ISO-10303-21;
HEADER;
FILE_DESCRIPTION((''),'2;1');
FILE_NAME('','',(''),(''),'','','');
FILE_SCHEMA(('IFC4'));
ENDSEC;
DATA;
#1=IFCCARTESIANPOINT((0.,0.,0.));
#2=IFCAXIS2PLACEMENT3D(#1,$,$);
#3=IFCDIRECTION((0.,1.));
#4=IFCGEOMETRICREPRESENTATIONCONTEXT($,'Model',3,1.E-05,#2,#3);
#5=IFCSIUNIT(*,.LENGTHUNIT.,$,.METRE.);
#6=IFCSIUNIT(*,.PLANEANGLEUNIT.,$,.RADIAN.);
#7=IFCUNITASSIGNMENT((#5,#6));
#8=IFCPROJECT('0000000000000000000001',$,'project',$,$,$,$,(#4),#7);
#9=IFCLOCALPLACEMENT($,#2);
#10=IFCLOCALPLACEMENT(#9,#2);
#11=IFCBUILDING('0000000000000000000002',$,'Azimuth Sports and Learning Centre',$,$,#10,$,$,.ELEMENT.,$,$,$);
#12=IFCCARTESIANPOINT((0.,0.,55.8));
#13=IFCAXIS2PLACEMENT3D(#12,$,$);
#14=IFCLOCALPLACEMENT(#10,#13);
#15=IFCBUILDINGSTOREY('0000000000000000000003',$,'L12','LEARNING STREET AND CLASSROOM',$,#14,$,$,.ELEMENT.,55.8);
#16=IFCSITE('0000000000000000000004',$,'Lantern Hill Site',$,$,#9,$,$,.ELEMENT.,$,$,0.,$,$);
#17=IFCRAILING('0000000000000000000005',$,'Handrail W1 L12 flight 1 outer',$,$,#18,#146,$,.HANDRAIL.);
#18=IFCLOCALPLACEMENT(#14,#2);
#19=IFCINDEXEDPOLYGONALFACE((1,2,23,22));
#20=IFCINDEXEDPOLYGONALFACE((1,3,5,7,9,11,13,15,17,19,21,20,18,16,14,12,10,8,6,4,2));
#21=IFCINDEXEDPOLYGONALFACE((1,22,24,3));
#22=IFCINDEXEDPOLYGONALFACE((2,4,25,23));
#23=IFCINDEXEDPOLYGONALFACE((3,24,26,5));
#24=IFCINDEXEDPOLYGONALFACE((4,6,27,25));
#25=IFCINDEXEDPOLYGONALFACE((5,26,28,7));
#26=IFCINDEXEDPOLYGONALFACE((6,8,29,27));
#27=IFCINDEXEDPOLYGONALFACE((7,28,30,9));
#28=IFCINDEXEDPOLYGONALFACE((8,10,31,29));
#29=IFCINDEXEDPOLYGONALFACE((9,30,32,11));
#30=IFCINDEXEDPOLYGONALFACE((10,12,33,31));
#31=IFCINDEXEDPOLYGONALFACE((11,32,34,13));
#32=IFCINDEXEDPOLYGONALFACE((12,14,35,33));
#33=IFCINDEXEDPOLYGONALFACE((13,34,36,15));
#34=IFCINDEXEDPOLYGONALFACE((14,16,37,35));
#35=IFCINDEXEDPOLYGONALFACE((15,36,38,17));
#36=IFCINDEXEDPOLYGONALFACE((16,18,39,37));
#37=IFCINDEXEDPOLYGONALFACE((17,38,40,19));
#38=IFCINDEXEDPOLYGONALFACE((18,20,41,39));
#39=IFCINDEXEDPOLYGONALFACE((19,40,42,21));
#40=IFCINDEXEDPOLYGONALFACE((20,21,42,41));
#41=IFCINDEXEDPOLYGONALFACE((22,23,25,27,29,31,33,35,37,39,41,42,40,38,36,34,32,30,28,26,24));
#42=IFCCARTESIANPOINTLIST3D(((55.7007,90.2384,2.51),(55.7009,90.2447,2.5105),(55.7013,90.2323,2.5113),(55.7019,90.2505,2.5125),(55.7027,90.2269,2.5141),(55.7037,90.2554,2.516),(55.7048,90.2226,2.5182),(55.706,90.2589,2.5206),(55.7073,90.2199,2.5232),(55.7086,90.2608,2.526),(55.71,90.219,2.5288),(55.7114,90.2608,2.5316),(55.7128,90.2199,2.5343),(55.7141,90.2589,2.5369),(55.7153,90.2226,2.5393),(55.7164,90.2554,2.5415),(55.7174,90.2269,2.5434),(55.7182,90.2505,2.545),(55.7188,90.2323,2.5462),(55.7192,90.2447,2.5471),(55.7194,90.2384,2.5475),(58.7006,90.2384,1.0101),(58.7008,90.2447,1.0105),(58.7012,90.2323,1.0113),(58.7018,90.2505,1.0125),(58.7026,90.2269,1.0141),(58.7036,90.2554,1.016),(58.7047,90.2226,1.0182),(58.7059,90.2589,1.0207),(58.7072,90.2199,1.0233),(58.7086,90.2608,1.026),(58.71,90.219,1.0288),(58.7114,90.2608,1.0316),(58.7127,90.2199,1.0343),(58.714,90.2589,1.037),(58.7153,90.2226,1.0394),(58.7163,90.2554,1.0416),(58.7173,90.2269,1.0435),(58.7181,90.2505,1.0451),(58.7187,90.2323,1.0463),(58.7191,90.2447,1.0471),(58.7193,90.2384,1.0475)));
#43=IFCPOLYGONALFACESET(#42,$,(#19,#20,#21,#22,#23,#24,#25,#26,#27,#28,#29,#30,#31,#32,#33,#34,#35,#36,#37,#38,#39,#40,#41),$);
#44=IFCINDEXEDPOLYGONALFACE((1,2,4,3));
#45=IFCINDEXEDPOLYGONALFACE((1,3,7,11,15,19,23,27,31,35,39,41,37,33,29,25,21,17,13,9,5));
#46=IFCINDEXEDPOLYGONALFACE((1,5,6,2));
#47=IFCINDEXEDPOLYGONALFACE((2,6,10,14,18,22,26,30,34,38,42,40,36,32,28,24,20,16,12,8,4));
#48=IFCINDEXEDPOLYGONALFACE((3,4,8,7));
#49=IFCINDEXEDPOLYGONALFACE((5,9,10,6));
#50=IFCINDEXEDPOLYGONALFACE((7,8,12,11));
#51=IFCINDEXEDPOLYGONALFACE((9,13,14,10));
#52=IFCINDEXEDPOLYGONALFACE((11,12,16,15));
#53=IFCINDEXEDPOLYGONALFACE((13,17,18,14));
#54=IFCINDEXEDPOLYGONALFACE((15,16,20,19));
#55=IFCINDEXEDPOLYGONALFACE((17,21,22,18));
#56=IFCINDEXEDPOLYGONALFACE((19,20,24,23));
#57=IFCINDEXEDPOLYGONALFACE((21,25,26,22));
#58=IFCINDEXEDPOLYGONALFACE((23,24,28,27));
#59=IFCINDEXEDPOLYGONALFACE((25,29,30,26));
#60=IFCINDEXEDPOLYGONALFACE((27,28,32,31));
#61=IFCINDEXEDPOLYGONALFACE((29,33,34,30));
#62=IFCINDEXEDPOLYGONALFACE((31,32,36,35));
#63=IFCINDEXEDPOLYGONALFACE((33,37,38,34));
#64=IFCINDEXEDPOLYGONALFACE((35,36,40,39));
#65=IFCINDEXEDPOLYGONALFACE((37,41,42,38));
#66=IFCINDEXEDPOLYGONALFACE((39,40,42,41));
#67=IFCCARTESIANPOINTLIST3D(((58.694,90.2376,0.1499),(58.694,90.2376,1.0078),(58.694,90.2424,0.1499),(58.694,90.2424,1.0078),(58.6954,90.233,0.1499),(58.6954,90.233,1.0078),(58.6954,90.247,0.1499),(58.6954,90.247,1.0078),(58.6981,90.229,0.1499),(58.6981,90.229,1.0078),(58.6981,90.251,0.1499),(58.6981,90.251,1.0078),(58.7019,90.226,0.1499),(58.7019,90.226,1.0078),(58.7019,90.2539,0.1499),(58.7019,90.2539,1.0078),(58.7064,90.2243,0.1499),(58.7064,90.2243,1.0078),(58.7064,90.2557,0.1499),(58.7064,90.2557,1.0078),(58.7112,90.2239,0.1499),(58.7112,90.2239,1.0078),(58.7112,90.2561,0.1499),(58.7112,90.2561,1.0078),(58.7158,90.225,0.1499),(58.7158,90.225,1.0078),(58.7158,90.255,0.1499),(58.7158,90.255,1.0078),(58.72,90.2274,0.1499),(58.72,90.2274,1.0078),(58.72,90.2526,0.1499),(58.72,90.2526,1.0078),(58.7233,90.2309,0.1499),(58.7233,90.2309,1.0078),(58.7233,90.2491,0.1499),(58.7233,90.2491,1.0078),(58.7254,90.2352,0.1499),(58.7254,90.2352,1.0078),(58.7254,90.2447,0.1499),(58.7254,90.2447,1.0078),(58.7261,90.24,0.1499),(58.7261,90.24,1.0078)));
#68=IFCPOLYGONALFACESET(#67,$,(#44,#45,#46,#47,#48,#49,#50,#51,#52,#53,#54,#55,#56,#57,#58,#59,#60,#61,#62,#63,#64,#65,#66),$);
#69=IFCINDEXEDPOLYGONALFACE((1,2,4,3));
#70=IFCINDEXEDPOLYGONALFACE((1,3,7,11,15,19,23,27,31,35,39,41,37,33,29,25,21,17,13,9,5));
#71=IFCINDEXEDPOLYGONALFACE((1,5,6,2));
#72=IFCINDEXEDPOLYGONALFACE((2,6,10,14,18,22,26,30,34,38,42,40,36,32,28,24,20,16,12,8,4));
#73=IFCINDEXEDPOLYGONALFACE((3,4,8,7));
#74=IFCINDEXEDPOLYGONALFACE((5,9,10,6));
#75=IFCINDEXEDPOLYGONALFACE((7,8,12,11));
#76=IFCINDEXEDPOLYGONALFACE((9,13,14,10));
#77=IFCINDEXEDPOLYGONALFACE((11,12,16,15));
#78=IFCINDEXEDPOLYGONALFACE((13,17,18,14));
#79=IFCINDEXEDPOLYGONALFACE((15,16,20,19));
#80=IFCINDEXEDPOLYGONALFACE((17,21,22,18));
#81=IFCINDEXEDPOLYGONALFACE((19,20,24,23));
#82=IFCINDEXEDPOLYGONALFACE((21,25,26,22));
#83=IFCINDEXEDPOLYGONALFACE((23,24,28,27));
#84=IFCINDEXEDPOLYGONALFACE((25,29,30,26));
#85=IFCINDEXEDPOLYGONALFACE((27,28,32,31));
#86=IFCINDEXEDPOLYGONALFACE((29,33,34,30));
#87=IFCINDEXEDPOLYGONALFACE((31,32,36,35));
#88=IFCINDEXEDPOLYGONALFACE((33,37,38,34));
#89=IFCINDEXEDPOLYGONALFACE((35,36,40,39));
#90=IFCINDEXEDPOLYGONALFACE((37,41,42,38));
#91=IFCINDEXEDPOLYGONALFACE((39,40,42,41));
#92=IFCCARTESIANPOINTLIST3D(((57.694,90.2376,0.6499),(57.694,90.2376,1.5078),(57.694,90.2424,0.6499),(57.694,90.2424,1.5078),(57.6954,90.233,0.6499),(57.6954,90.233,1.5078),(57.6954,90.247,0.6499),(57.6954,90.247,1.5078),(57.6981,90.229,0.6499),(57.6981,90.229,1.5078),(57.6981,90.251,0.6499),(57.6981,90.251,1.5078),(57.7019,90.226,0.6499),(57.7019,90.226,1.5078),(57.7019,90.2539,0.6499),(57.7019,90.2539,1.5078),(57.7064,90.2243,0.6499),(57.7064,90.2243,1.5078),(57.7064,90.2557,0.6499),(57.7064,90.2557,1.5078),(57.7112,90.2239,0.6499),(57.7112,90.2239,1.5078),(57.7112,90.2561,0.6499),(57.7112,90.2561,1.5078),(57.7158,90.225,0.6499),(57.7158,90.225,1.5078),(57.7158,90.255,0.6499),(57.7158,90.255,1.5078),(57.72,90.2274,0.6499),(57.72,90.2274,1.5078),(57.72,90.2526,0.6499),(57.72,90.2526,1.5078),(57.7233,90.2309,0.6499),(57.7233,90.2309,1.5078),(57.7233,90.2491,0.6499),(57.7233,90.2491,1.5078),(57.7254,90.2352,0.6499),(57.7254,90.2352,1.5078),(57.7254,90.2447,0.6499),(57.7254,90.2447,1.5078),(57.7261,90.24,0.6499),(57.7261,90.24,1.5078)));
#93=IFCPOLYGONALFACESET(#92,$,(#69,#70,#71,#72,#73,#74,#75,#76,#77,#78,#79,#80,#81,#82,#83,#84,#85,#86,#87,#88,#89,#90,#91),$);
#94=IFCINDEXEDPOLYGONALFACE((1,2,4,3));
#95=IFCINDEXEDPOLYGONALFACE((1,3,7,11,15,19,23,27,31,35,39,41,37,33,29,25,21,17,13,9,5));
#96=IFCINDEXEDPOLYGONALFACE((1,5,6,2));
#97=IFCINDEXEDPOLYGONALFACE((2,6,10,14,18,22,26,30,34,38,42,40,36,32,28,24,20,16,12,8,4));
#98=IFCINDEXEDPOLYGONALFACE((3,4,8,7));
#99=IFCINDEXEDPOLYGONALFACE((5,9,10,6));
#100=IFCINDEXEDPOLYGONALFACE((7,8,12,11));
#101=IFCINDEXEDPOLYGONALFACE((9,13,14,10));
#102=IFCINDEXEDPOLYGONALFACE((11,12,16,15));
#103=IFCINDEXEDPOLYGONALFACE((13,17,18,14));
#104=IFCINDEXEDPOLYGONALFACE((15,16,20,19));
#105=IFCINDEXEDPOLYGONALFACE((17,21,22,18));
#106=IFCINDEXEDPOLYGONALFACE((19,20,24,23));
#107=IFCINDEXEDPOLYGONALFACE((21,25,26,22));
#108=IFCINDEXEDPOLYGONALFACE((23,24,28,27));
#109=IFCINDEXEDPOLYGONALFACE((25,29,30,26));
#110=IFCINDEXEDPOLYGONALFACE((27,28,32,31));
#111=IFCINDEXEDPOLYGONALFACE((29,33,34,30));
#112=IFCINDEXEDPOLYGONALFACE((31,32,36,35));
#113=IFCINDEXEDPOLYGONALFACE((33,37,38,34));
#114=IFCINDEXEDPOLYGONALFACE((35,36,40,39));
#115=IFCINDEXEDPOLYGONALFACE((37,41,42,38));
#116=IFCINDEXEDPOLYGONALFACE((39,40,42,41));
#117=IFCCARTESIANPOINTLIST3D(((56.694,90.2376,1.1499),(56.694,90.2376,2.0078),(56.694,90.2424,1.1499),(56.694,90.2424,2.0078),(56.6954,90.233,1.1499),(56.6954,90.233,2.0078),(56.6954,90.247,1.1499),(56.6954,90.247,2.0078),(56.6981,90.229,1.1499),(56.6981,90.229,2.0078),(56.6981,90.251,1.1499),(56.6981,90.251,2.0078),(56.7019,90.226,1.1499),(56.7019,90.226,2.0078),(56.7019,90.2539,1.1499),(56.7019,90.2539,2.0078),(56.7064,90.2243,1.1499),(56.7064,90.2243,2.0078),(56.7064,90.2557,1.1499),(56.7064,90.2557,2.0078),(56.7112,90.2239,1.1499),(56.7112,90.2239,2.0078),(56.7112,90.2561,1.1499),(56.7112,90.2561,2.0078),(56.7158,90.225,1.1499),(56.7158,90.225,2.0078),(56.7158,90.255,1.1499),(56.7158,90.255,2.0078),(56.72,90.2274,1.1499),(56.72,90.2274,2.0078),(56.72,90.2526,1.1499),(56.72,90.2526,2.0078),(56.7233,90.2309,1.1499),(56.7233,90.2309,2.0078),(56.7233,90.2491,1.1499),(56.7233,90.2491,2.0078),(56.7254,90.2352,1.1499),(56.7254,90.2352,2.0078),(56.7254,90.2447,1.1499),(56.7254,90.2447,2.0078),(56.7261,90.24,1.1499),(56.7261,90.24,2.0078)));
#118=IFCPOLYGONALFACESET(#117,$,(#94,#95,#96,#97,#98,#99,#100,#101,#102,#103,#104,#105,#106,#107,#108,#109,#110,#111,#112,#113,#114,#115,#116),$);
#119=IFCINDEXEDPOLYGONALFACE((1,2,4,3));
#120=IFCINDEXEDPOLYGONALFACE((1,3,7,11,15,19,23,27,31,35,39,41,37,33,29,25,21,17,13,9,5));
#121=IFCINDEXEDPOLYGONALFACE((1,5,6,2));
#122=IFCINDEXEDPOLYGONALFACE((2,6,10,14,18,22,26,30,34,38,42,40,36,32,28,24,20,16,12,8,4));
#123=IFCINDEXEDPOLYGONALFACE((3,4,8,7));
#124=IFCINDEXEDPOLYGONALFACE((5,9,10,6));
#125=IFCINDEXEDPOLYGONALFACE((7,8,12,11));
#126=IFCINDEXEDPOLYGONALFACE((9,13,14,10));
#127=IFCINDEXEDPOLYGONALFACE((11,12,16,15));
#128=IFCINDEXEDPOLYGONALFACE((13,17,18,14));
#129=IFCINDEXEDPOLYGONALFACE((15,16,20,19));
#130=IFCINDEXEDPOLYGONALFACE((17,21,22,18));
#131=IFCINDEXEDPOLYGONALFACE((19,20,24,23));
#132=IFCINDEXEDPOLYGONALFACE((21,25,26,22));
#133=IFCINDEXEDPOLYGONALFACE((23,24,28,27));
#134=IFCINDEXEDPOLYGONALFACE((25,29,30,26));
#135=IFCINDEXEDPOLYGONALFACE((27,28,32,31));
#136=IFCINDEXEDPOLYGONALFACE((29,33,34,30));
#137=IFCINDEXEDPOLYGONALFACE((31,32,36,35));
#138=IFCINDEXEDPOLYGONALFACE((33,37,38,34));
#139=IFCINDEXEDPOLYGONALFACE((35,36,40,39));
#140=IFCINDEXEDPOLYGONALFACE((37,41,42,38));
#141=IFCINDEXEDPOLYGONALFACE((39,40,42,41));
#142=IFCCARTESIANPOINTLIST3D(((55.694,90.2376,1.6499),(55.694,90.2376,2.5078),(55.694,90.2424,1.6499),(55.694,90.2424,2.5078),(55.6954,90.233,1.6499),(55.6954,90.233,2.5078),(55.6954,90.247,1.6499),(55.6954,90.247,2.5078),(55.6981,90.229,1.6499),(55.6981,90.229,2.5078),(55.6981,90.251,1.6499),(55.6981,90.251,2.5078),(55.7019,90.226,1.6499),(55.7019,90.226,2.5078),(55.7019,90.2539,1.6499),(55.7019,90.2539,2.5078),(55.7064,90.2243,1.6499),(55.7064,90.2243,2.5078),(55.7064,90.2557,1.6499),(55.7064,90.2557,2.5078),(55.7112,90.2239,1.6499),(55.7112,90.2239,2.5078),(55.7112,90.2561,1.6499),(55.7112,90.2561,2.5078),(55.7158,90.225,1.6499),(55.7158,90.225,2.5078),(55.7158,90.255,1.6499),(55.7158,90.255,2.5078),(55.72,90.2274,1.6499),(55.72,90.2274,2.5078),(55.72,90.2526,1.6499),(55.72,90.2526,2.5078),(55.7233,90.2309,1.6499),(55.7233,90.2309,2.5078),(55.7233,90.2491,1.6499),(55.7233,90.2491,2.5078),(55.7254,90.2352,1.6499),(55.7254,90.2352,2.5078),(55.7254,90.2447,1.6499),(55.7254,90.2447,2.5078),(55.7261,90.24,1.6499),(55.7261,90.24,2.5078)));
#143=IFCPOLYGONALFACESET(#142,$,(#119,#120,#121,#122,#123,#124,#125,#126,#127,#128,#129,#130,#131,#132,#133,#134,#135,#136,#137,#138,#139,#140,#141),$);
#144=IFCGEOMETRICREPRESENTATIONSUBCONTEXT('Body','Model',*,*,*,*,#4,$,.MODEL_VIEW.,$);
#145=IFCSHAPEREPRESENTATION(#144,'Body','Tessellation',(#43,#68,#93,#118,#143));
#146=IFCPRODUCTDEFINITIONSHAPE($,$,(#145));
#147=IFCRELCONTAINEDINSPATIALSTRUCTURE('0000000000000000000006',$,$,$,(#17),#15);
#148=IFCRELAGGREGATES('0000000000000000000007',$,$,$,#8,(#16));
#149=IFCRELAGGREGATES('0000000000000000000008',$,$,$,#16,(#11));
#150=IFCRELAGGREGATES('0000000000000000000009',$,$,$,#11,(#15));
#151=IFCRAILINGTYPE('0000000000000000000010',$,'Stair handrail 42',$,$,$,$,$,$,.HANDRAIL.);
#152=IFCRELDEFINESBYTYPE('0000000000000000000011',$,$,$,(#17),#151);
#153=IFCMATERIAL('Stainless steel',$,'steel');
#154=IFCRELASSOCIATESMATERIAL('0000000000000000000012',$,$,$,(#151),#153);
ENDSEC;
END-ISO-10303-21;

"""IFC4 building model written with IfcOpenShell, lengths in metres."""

from ifc_helpers import new_model, si_unit, direction, frame, origin, origin_2d, place, context, subcontext, project, spatial, circle, extrude, material, type_object, element, save


model = new_model("IFC4")

# Units and contexts
model_context = context("Model", 3, precision=1e-05, world=origin(), true_north=direction((0.0, 1.0)))
body_context = subcontext(model_context, "Body", "Model", "MODEL_VIEW")
ifc_project = project(units=[si_unit("LENGTHUNIT", "METRE"), si_unit("PLANEANGLEUNIT", "RADIAN")], contexts=[model_context])

# Site, building, storey
site_placement = place(None, origin())
site = spatial("IfcSite", under=ifc_project, at=site_placement, Name="Lantern Hill Site", CompositionType="ELEMENT", RefElevation=0.0)
building_placement = place(site_placement, origin())
building = spatial("IfcBuilding", under=site, at=building_placement, Name="Azimuth Sports and Learning Centre", CompositionType="ELEMENT")
storey_placement = place(building_placement, frame((0.0, 0.0, 55.8)))
storey = spatial("IfcBuildingStorey", under=building, at=storey_placement, Name="L12", Description="LEARNING STREET AND CLASSROOM", CompositionType="ELEMENT", Elevation=55.8)

# Railing
ifc_material_1 = material(Name="Stainless steel", Category="steel")
railing_type_1 = type_object("IfcRailingType", Name="Stair handrail 42", PredefinedType="HANDRAIL", material=ifc_material_1)
for number, where, name in (
    (1, (58.71, 90.24, 0.1499), "Handrail W1 L12 flight 1 outer"),
):
    element("IfcRailing", number, at=place(storey_placement, frame(where)), inside=storey, type_object=railing_type_1, Name=name, PredefinedType="HANDRAIL", context=body_context, shape_type="SweptSolid", body=[
        extrude(circle(Radius=0.021, at=origin_2d()), frame((0.0, 0.0, 0.8789), z_axis=(-0.894427, 0.0, 0.447214), x_axis=(0.0, -1.0, 0.0)), (0.0, 0.0, 1.0), 3.354),
        extrude(circle(Radius=0.0161, at=origin_2d()), origin(), (0.0, 0.0, 1.0), 0.8579),
        extrude(circle(Radius=0.0161, at=origin_2d()), frame((-1.0, 0.0, 0.5)), (0.0, 0.0, 1.0), 0.8579),
        extrude(circle(Radius=0.0161, at=origin_2d()), frame((-2.0, 0.0, 1.0)), (0.0, 0.0, 1.0), 0.8579),
        extrude(circle(Radius=0.0161, at=origin_2d()), frame((-3.0, 0.0, 1.5)), (0.0, 0.0, 1.0), 0.8579),
    ])

save(model, "model.ifc")
